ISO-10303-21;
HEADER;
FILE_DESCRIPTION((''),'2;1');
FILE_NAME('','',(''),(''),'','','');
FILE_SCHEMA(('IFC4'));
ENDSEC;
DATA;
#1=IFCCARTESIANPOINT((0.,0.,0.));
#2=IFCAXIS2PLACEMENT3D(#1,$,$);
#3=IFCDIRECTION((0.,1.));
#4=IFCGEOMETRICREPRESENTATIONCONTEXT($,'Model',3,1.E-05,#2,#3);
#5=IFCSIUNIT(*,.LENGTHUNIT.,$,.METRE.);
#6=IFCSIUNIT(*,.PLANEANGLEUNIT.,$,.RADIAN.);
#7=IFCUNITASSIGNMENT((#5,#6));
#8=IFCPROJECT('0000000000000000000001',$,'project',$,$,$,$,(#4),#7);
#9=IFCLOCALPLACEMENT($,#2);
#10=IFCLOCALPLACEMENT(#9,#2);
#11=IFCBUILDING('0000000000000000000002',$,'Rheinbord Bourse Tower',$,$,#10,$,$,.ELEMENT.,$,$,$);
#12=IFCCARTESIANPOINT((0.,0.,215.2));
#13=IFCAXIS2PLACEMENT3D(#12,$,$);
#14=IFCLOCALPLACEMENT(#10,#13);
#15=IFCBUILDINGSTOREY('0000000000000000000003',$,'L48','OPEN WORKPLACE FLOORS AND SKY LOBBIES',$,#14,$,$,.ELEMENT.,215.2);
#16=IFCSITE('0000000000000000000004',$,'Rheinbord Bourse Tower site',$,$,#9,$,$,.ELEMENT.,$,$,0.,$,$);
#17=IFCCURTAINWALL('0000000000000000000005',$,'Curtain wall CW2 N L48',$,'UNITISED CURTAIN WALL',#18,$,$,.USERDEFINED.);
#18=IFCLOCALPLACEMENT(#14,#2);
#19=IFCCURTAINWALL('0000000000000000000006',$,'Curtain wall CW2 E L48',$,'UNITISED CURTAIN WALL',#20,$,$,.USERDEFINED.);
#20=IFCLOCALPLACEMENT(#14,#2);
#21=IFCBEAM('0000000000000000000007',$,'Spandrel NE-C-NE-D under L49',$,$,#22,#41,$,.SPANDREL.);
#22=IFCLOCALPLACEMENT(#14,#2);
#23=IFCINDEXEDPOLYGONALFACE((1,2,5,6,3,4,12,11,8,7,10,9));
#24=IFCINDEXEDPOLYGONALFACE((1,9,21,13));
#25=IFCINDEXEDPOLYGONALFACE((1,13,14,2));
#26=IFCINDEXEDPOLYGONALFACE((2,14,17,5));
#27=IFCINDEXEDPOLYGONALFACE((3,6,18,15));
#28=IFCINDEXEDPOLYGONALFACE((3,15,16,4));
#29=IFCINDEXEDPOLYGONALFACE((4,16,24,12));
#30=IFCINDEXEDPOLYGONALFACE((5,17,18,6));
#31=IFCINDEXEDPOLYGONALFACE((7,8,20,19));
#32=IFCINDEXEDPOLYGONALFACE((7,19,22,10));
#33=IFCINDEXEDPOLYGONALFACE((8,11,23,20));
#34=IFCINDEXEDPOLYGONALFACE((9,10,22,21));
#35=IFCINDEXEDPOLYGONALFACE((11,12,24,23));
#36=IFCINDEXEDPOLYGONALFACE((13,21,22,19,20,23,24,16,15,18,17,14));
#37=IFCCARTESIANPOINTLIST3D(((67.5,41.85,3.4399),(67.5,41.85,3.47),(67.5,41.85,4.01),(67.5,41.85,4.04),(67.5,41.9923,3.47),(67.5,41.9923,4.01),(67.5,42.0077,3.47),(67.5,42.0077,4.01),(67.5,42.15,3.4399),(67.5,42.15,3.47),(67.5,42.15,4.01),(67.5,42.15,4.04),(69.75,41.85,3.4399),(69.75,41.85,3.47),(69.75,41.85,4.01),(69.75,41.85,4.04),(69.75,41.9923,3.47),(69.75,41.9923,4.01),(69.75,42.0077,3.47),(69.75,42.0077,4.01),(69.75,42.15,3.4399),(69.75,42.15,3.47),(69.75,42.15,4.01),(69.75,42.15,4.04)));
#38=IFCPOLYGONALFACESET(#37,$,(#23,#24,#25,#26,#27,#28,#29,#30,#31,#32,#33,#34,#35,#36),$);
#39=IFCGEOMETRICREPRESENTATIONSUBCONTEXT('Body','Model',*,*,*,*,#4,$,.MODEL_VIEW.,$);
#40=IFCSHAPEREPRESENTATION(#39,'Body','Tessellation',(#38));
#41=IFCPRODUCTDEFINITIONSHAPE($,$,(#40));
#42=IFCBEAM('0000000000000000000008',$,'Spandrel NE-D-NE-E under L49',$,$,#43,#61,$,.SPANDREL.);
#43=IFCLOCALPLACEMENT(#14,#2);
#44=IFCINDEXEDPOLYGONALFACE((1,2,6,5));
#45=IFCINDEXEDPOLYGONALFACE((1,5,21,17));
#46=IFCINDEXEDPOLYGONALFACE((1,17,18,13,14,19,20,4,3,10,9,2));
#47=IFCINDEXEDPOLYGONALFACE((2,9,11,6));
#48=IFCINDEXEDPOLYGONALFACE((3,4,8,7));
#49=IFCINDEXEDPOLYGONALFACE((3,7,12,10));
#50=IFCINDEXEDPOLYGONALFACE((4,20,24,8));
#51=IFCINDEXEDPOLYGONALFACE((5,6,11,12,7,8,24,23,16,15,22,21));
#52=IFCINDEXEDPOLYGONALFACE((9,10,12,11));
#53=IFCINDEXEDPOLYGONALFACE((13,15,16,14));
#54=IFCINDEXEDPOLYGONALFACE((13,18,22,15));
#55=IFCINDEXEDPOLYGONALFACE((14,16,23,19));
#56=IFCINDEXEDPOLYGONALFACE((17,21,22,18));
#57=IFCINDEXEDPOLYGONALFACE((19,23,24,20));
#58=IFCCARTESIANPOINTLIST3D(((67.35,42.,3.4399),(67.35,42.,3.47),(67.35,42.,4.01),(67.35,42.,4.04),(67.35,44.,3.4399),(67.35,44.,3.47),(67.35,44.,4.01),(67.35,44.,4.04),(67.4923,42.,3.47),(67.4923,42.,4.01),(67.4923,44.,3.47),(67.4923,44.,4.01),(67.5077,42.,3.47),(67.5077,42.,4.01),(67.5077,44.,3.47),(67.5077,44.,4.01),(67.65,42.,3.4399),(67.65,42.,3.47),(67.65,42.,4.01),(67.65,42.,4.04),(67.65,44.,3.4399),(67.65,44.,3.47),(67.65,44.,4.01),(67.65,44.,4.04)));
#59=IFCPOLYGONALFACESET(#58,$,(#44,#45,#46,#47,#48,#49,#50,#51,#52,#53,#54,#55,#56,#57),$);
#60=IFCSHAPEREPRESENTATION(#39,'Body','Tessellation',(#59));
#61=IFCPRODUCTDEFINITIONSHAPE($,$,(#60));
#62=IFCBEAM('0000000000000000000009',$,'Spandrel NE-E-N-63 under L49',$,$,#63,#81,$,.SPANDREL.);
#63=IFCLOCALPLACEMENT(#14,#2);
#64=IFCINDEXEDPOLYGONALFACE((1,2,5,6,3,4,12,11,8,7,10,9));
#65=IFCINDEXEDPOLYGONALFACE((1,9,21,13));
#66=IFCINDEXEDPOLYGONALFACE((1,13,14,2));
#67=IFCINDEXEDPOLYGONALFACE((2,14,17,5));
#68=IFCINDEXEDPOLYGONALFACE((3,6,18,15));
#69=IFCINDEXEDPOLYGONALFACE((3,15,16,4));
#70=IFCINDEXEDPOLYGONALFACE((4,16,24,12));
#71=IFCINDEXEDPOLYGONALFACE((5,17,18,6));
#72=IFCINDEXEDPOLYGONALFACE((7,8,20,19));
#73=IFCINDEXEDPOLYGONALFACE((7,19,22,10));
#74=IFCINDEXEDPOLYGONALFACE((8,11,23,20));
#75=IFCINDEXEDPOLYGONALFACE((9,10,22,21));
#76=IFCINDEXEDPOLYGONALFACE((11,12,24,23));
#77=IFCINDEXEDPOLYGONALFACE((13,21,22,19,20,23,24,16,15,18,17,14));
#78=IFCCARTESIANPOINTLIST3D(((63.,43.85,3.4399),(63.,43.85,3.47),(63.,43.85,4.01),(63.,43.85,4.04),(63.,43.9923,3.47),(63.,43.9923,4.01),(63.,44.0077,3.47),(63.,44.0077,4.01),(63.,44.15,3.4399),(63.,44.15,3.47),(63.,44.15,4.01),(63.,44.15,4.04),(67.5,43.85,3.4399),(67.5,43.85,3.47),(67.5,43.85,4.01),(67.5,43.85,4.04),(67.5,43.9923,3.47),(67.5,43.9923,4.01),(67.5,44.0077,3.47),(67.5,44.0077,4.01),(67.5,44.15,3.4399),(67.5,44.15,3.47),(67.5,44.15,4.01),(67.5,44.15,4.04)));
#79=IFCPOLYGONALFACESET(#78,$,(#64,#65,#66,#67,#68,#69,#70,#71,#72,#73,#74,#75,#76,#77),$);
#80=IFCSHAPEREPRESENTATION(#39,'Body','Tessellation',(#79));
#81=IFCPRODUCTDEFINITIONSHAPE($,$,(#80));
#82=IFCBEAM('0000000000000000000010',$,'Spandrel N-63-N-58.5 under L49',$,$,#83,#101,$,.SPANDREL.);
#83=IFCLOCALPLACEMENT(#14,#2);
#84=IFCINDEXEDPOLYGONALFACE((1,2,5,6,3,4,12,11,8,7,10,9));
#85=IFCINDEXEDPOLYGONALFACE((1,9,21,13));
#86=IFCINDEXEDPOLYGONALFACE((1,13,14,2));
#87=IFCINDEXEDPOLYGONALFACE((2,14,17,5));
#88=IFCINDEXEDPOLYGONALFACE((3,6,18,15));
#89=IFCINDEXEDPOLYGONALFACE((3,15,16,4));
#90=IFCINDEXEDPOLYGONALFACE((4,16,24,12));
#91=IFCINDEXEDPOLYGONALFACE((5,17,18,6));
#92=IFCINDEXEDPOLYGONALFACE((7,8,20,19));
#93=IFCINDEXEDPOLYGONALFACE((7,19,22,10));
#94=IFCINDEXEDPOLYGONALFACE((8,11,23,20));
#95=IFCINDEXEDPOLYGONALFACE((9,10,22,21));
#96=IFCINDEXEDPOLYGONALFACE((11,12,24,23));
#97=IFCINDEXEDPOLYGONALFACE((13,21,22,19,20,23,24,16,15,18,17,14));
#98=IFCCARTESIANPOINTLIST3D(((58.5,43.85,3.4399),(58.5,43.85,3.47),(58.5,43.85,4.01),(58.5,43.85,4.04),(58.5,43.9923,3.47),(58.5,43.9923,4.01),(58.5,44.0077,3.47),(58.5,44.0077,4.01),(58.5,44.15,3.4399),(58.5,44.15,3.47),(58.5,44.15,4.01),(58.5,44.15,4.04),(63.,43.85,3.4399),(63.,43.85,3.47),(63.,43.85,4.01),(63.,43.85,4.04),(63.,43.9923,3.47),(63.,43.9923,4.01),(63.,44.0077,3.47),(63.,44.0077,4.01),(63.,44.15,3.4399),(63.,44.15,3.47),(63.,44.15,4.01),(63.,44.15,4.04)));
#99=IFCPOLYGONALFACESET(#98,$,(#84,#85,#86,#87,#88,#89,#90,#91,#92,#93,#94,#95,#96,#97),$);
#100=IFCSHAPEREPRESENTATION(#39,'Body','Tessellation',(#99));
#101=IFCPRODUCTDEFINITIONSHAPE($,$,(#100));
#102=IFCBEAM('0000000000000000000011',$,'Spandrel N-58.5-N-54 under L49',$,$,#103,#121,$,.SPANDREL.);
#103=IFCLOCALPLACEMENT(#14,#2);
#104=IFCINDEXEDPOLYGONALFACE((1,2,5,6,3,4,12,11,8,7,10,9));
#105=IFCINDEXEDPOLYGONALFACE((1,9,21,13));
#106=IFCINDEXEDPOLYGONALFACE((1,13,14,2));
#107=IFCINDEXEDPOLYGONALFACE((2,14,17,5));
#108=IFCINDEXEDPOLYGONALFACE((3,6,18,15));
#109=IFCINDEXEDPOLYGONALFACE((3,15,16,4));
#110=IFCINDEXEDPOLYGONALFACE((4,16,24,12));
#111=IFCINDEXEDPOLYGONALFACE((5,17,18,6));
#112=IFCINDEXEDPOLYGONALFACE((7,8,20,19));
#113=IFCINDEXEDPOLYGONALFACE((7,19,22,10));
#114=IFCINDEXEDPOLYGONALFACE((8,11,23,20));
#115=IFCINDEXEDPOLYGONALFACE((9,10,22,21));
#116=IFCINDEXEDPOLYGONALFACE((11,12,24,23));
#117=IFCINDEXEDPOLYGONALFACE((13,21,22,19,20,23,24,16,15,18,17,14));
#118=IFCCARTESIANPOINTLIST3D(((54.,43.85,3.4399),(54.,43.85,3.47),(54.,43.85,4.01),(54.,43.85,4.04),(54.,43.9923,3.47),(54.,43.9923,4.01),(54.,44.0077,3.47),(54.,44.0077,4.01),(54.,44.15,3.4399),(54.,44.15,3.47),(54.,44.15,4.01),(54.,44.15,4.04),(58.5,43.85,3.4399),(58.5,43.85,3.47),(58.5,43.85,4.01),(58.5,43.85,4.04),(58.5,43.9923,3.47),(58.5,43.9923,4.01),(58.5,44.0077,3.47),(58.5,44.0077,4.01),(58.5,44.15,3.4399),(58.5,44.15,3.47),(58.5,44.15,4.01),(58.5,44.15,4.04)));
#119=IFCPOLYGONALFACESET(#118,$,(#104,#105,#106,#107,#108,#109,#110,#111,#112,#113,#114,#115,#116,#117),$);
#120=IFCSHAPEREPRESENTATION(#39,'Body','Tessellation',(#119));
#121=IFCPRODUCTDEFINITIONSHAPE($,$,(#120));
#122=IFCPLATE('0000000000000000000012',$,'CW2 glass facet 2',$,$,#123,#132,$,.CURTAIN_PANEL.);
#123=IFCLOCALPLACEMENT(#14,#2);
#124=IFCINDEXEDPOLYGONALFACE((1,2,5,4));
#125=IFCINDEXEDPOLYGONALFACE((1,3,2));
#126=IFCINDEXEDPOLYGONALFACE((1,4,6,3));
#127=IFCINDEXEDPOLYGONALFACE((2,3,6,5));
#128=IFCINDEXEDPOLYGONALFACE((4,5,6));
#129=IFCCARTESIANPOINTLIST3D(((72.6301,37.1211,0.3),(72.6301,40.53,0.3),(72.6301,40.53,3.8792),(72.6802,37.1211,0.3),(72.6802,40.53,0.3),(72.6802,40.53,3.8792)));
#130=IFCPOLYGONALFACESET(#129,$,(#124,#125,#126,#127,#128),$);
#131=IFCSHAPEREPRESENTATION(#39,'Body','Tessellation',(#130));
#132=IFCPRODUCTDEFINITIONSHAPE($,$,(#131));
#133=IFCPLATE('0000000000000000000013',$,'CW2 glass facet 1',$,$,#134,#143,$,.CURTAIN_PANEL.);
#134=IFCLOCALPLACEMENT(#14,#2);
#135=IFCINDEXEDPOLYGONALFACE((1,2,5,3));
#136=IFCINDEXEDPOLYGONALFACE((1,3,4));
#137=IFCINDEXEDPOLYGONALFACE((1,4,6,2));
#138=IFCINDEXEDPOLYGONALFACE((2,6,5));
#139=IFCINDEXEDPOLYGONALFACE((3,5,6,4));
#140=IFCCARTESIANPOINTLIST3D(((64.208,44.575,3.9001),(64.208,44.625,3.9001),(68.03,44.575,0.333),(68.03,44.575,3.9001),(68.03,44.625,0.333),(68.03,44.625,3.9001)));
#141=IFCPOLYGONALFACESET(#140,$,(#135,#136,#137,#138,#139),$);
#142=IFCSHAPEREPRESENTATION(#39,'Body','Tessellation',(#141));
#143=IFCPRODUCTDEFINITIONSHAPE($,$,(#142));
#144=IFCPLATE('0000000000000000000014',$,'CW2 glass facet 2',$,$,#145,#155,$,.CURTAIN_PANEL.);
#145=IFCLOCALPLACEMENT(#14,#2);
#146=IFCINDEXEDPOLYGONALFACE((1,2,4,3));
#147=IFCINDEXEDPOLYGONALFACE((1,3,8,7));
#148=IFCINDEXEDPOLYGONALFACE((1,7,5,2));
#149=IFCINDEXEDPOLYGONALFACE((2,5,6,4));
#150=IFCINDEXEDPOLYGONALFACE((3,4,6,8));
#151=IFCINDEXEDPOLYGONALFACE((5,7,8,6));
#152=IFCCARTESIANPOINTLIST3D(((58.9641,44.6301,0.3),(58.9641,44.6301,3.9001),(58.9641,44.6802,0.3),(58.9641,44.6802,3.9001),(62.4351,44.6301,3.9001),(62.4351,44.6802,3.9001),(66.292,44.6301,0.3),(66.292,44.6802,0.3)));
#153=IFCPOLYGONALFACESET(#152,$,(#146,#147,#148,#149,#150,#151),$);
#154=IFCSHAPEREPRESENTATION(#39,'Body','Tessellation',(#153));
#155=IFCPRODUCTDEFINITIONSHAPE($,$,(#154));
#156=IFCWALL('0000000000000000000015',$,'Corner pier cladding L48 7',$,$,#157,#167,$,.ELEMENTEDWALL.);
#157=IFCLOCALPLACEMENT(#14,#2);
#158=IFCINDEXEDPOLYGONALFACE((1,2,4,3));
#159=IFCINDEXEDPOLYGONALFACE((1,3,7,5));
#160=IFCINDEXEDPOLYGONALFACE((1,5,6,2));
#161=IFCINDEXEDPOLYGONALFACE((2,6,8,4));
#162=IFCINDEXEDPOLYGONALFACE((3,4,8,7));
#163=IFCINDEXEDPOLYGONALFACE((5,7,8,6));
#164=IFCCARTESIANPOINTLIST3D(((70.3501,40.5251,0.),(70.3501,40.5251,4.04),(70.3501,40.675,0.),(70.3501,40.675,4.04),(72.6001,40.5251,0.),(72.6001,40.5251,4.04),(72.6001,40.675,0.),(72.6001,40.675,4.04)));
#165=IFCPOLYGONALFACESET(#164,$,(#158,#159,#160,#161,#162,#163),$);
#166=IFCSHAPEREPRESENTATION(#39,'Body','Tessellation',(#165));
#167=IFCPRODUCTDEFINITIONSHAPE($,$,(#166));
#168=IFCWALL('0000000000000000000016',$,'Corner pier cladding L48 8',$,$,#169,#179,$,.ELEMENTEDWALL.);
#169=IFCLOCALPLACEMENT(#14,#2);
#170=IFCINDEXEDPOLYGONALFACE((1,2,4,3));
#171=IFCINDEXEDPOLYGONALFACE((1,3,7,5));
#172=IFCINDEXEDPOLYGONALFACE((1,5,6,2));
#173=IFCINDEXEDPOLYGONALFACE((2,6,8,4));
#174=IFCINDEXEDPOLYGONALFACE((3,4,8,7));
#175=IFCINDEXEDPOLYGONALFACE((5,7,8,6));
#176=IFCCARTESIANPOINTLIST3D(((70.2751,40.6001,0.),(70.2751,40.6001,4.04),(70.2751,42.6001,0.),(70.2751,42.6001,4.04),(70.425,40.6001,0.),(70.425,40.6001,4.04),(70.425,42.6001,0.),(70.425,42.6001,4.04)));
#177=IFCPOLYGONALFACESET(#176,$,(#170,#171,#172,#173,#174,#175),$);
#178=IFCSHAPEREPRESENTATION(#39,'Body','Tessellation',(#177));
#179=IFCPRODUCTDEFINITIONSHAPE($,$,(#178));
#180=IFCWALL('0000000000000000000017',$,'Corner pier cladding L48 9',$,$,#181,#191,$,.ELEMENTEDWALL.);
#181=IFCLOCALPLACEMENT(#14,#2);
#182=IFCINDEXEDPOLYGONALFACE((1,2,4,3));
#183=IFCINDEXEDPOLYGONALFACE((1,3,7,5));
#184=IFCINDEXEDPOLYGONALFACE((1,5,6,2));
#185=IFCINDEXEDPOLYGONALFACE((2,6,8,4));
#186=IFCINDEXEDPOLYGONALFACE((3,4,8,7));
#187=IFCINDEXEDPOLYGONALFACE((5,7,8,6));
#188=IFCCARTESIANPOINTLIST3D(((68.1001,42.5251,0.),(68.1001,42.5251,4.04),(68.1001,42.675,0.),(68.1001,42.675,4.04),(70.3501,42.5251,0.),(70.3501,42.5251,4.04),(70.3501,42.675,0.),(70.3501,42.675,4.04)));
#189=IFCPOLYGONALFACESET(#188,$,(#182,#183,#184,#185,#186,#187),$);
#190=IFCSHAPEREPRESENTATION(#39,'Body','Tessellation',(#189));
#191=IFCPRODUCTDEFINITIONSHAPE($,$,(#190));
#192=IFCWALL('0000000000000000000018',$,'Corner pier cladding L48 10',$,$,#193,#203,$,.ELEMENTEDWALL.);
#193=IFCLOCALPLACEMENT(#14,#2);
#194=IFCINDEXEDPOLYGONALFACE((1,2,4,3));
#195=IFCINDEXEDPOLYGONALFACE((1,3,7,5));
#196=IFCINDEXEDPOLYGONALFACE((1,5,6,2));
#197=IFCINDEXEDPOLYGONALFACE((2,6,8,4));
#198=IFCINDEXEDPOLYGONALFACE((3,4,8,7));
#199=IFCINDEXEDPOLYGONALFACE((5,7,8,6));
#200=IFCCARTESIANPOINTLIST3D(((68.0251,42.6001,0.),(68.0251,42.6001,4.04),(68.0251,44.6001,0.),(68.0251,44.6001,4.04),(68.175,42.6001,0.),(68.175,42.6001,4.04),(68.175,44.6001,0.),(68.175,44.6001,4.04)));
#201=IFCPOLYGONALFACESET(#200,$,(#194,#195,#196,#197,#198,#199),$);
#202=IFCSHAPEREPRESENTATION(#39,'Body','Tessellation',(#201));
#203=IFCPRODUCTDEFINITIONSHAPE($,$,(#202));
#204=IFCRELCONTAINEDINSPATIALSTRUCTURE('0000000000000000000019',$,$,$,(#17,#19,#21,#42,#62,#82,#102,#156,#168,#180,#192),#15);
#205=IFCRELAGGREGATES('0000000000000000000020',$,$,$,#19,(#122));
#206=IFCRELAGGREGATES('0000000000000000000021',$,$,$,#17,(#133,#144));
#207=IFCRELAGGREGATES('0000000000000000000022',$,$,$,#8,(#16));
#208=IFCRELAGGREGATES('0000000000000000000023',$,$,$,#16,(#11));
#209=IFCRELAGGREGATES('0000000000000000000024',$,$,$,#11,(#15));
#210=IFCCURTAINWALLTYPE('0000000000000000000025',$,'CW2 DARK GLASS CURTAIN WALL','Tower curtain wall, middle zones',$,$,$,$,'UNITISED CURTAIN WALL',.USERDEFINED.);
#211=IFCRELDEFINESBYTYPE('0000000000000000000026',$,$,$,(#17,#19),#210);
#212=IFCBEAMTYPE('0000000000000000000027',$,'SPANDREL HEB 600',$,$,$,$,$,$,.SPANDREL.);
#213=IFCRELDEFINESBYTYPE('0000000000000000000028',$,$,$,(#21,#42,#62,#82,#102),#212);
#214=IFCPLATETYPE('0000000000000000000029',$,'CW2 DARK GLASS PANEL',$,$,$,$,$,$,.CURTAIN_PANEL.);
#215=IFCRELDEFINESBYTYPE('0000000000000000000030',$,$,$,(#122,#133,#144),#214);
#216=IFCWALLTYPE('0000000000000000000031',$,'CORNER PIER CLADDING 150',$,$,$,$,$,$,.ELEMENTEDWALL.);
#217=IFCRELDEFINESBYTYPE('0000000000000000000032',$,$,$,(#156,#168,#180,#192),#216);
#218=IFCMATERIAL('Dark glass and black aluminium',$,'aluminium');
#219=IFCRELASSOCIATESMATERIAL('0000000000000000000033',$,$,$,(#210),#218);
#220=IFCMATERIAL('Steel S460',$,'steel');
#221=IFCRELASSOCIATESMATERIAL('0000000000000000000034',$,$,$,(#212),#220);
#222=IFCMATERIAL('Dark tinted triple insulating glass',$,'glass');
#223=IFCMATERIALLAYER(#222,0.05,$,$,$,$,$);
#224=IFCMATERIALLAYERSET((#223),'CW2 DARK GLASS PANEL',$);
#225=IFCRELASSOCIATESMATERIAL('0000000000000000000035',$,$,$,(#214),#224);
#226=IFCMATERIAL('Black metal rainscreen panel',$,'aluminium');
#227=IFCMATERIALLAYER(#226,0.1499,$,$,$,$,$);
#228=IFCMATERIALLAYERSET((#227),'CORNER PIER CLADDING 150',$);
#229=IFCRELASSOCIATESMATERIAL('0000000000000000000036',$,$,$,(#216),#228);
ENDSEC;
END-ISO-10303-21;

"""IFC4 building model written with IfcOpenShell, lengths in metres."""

from ifc_helpers import new_model, si_unit, direction, frame, frame_2d, origin, origin_2d, place, context, subcontext, project, spatial, polyline, rectangle, i_section, outline, extrude, material, layer, layer_set, material_profile, profile_set, type_object, element, aggregate, save


model = new_model("IFC4")

# Units and contexts
model_context = context("Model", 3, precision=1e-05, world=origin(), true_north=direction((0.0, 1.0)))
body_context = subcontext(model_context, "Body", "Model", "MODEL_VIEW")
ifc_project = project(units=[si_unit("LENGTHUNIT", "METRE"), si_unit("PLANEANGLEUNIT", "RADIAN")], contexts=[model_context])

# Site, building, storey
site_placement = place(None, origin())
site = spatial("IfcSite", under=ifc_project, at=site_placement, Name="Rheinbord Bourse Tower site", CompositionType="ELEMENT", RefElevation=0.0)
building_placement = place(site_placement, origin())
building = spatial("IfcBuilding", under=site, at=building_placement, Name="Rheinbord Bourse Tower", CompositionType="ELEMENT")
storey_placement = place(building_placement, frame((0.0, 0.0, 215.2)))
storey = spatial("IfcBuildingStorey", under=building, at=storey_placement, Name="L48", Description="OPEN WORKPLACE FLOORS AND SKY LOBBIES", CompositionType="ELEMENT", Elevation=215.2)

# Curtain walls
ifc_material_1 = material(Name="Dark glass and black aluminium", Category="aluminium")
curtain_wall_type = type_object("IfcCurtainWallType", Name="CW2 DARK GLASS CURTAIN WALL", Description="Tower curtain wall, middle zones", ElementType="UNITISED CURTAIN WALL", PredefinedType="USERDEFINED", material=ifc_material_1)
curtain_wall_1_placement = place(storey_placement, origin())
curtain_wall_1 = element("IfcCurtainWall", 1, at=curtain_wall_1_placement, inside=storey, type_object=curtain_wall_type, Name="Curtain wall CW2 N L48", ObjectType="UNITISED CURTAIN WALL", PredefinedType="USERDEFINED")
curtain_wall_2_placement = place(storey_placement, origin())
curtain_wall_2 = element("IfcCurtainWall", 2, at=curtain_wall_2_placement, inside=storey, type_object=curtain_wall_type, Name="Curtain wall CW2 E L48", ObjectType="UNITISED CURTAIN WALL", PredefinedType="USERDEFINED")

# Beams
ifc_material_2 = material(Name="Steel S460", Category="steel")
ifc_material_profile_1 = material_profile(ifc_material_2, i_section(OverallWidth=0.3, OverallDepth=0.6001, WebThickness=0.0154, FlangeThickness=0.03, at=origin_2d()), Name="HEB 600")
ifc_profile_set_1 = profile_set([ifc_material_profile_1], Name="Steel S460")
beam_type_1 = type_object("IfcBeamType", Name="SPANDREL HEB 600", PredefinedType="SPANDREL", material=ifc_profile_set_1)
for number, where, z_axis, x_axis, name in (
    (3, (69.75, 42.0, 3.74), (-1.0, 0.0, 0.0), (0.0, -1.0, 0.0), "Spandrel NE-C-NE-D under L49"),
):
    element("IfcBeam", number, at=place(storey_placement, frame(where, z_axis=z_axis, x_axis=x_axis)), inside=storey, type_object=beam_type_1, Name=name, PredefinedType="SPANDREL", context=body_context, shape_type="SweptSolid", body=[
        extrude(i_section(OverallWidth=0.3, OverallDepth=0.6001, WebThickness=0.0154, FlangeThickness=0.03, at=origin_2d()), origin(), (0.0, 0.0, 1.0), 2.25),
    ])
beam_placement = place(storey_placement, frame((67.5, 42.0, 3.74), z_axis=(0.0, 1.0, 0.0), x_axis=(-1.0, 0.0, 0.0)))
element("IfcBeam", 4, at=beam_placement, inside=storey, type_object=beam_type_1, Name="Spandrel NE-D-NE-E under L49", PredefinedType="SPANDREL", context=body_context, shape_type="SweptSolid", body=[
    extrude(i_section(OverallWidth=0.3, OverallDepth=0.6001, WebThickness=0.0154, FlangeThickness=0.03, at=origin_2d()), origin(), (0.0, 0.0, 1.0), 2.0),
])
for number, where, z_axis, x_axis, name in (
    (5, (67.5, 44.0, 3.74), (-1.0, 0.0, 0.0), (0.0, -1.0, 0.0), "Spandrel NE-E-N-63 under L49"),
    (6, (63.0, 44.0, 3.74), (-1.0, 0.0, 0.0), (0.0, -1.0, 0.0), "Spandrel N-63-N-58.5 under L49"),
    (7, (58.5, 44.0, 3.74), (-1.0, 0.0, 0.0), (0.0, -1.0, 0.0), "Spandrel N-58.5-N-54 under L49"),
):
    element("IfcBeam", number, at=place(storey_placement, frame(where, z_axis=z_axis, x_axis=x_axis)), inside=storey, type_object=beam_type_1, Name=name, PredefinedType="SPANDREL", context=body_context, shape_type="SweptSolid", body=[
        extrude(i_section(OverallWidth=0.3, OverallDepth=0.6001, WebThickness=0.0154, FlangeThickness=0.03, at=origin_2d()), origin(), (0.0, 0.0, 1.0), 4.5),
    ])

# Plates
ifc_material_3 = material(Name="Dark tinted triple insulating glass", Category="glass")
ifc_layer_1 = layer(ifc_material_3, 0.05)
ifc_layer_set_1 = layer_set([ifc_layer_1], Name="CW2 DARK GLASS PANEL")
plate_type = type_object("IfcPlateType", Name="CW2 DARK GLASS PANEL", PredefinedType="CURTAIN_PANEL", material=ifc_layer_set_1)
plate_1_placement = place(storey_placement, frame((72.6802, 40.53, 0.3), z_axis=(-1.0, 0.0, 0.0), x_axis=(0.0, -1.0, 0.0)))
plate_1 = element("IfcPlate", 8, at=plate_1_placement, type_object=plate_type, Name="CW2 glass facet 2", PredefinedType="CURTAIN_PANEL", context=body_context, shape_type="SweptSolid", body=[
    extrude(outline(polyline([(0.0, 0.0), (3.4089, 0.0), (0.0, 3.5791), (0.0, 0.0)])), origin(), (0.0, 0.0, 1.0), 0.05),
])
aggregate(curtain_wall_2, [plate_1])
plate_2_placement = place(storey_placement, frame((68.03, 44.625, 3.9001), z_axis=(0.0, -1.0, 0.0), x_axis=(-1.0, 0.0, 0.0)))
plate_2 = element("IfcPlate", 9, at=plate_2_placement, type_object=plate_type, Name="CW2 glass facet 1", PredefinedType="CURTAIN_PANEL", context=body_context, shape_type="SweptSolid", body=[
    extrude(outline(polyline([(0.0, 0.0), (3.822, 0.0), (0.0, 3.5671), (0.0, 0.0)])), origin(), (0.0, 0.0, 1.0), 0.05),
])
plate_3_placement = place(storey_placement, frame((58.9641, 44.6802, 3.9001), z_axis=(0.0, -1.0, 0.0), x_axis=(0.0, 0.0, -1.0)))
plate_3 = element("IfcPlate", 10, at=plate_3_placement, type_object=plate_type, Name="CW2 glass facet 2", PredefinedType="CURTAIN_PANEL", context=body_context, shape_type="SweptSolid", body=[
    extrude(outline(polyline([(0.0, 0.0), (3.6001, 0.0), (3.6001, 7.3279), (0.0, 3.4709), (0.0, 0.0)])), origin(), (0.0, 0.0, 1.0), 0.05),
])
aggregate(curtain_wall_1, [plate_2, plate_3])

# Walls
ifc_material_4 = material(Name="Black metal rainscreen panel", Category="aluminium")
ifc_layer_2 = layer(ifc_material_4, 0.1499)
ifc_layer_set_2 = layer_set([ifc_layer_2], Name="CORNER PIER CLADDING 150")
wall_type = type_object("IfcWallType", Name="CORNER PIER CLADDING 150", PredefinedType="ELEMENTEDWALL", material=ifc_layer_set_2)
wall_1_placement = place(storey_placement, frame((72.6001, 40.6001, 0.0), z_axis=(0.0, 0.0, 1.0), x_axis=(-1.0, 0.0, 0.0)))
element("IfcWall", 11, at=wall_1_placement, inside=storey, type_object=wall_type, Name="Corner pier cladding L48 7", PredefinedType="ELEMENTEDWALL", context=body_context, shape_type="SweptSolid", body=[
    extrude(rectangle(XDim=2.25, YDim=0.1499, at=frame_2d((1.125, 0.0))), origin(), (0.0, 0.0, 1.0), 4.04),
])
wall_2_placement = place(storey_placement, frame((70.3501, 40.6001, 0.0), z_axis=(0.0, 0.0, 1.0), x_axis=(0.0, 1.0, 0.0)))
element("IfcWall", 12, at=wall_2_placement, inside=storey, type_object=wall_type, Name="Corner pier cladding L48 8", PredefinedType="ELEMENTEDWALL", context=body_context, shape_type="SweptSolid", body=[
    extrude(rectangle(XDim=2.0, YDim=0.1499, at=frame_2d((1.0, 0.0))), origin(), (0.0, 0.0, 1.0), 4.04),
])
wall_3_placement = place(storey_placement, frame((70.3501, 42.6001, 0.0), z_axis=(0.0, 0.0, 1.0), x_axis=(-1.0, 0.0, 0.0)))
element("IfcWall", 13, at=wall_3_placement, inside=storey, type_object=wall_type, Name="Corner pier cladding L48 9", PredefinedType="ELEMENTEDWALL", context=body_context, shape_type="SweptSolid", body=[
    extrude(rectangle(XDim=2.25, YDim=0.1499, at=frame_2d((1.125, 0.0))), origin(), (0.0, 0.0, 1.0), 4.04),
])
wall_4_placement = place(storey_placement, frame((68.1001, 42.6001, 0.0), z_axis=(0.0, 0.0, 1.0), x_axis=(0.0, 1.0, 0.0)))
element("IfcWall", 14, at=wall_4_placement, inside=storey, type_object=wall_type, Name="Corner pier cladding L48 10", PredefinedType="ELEMENTEDWALL", context=body_context, shape_type="SweptSolid", body=[
    extrude(rectangle(XDim=2.0, YDim=0.1499, at=frame_2d((1.0, 0.0))), origin(), (0.0, 0.0, 1.0), 4.04),
])

save(model, "model.ifc")
